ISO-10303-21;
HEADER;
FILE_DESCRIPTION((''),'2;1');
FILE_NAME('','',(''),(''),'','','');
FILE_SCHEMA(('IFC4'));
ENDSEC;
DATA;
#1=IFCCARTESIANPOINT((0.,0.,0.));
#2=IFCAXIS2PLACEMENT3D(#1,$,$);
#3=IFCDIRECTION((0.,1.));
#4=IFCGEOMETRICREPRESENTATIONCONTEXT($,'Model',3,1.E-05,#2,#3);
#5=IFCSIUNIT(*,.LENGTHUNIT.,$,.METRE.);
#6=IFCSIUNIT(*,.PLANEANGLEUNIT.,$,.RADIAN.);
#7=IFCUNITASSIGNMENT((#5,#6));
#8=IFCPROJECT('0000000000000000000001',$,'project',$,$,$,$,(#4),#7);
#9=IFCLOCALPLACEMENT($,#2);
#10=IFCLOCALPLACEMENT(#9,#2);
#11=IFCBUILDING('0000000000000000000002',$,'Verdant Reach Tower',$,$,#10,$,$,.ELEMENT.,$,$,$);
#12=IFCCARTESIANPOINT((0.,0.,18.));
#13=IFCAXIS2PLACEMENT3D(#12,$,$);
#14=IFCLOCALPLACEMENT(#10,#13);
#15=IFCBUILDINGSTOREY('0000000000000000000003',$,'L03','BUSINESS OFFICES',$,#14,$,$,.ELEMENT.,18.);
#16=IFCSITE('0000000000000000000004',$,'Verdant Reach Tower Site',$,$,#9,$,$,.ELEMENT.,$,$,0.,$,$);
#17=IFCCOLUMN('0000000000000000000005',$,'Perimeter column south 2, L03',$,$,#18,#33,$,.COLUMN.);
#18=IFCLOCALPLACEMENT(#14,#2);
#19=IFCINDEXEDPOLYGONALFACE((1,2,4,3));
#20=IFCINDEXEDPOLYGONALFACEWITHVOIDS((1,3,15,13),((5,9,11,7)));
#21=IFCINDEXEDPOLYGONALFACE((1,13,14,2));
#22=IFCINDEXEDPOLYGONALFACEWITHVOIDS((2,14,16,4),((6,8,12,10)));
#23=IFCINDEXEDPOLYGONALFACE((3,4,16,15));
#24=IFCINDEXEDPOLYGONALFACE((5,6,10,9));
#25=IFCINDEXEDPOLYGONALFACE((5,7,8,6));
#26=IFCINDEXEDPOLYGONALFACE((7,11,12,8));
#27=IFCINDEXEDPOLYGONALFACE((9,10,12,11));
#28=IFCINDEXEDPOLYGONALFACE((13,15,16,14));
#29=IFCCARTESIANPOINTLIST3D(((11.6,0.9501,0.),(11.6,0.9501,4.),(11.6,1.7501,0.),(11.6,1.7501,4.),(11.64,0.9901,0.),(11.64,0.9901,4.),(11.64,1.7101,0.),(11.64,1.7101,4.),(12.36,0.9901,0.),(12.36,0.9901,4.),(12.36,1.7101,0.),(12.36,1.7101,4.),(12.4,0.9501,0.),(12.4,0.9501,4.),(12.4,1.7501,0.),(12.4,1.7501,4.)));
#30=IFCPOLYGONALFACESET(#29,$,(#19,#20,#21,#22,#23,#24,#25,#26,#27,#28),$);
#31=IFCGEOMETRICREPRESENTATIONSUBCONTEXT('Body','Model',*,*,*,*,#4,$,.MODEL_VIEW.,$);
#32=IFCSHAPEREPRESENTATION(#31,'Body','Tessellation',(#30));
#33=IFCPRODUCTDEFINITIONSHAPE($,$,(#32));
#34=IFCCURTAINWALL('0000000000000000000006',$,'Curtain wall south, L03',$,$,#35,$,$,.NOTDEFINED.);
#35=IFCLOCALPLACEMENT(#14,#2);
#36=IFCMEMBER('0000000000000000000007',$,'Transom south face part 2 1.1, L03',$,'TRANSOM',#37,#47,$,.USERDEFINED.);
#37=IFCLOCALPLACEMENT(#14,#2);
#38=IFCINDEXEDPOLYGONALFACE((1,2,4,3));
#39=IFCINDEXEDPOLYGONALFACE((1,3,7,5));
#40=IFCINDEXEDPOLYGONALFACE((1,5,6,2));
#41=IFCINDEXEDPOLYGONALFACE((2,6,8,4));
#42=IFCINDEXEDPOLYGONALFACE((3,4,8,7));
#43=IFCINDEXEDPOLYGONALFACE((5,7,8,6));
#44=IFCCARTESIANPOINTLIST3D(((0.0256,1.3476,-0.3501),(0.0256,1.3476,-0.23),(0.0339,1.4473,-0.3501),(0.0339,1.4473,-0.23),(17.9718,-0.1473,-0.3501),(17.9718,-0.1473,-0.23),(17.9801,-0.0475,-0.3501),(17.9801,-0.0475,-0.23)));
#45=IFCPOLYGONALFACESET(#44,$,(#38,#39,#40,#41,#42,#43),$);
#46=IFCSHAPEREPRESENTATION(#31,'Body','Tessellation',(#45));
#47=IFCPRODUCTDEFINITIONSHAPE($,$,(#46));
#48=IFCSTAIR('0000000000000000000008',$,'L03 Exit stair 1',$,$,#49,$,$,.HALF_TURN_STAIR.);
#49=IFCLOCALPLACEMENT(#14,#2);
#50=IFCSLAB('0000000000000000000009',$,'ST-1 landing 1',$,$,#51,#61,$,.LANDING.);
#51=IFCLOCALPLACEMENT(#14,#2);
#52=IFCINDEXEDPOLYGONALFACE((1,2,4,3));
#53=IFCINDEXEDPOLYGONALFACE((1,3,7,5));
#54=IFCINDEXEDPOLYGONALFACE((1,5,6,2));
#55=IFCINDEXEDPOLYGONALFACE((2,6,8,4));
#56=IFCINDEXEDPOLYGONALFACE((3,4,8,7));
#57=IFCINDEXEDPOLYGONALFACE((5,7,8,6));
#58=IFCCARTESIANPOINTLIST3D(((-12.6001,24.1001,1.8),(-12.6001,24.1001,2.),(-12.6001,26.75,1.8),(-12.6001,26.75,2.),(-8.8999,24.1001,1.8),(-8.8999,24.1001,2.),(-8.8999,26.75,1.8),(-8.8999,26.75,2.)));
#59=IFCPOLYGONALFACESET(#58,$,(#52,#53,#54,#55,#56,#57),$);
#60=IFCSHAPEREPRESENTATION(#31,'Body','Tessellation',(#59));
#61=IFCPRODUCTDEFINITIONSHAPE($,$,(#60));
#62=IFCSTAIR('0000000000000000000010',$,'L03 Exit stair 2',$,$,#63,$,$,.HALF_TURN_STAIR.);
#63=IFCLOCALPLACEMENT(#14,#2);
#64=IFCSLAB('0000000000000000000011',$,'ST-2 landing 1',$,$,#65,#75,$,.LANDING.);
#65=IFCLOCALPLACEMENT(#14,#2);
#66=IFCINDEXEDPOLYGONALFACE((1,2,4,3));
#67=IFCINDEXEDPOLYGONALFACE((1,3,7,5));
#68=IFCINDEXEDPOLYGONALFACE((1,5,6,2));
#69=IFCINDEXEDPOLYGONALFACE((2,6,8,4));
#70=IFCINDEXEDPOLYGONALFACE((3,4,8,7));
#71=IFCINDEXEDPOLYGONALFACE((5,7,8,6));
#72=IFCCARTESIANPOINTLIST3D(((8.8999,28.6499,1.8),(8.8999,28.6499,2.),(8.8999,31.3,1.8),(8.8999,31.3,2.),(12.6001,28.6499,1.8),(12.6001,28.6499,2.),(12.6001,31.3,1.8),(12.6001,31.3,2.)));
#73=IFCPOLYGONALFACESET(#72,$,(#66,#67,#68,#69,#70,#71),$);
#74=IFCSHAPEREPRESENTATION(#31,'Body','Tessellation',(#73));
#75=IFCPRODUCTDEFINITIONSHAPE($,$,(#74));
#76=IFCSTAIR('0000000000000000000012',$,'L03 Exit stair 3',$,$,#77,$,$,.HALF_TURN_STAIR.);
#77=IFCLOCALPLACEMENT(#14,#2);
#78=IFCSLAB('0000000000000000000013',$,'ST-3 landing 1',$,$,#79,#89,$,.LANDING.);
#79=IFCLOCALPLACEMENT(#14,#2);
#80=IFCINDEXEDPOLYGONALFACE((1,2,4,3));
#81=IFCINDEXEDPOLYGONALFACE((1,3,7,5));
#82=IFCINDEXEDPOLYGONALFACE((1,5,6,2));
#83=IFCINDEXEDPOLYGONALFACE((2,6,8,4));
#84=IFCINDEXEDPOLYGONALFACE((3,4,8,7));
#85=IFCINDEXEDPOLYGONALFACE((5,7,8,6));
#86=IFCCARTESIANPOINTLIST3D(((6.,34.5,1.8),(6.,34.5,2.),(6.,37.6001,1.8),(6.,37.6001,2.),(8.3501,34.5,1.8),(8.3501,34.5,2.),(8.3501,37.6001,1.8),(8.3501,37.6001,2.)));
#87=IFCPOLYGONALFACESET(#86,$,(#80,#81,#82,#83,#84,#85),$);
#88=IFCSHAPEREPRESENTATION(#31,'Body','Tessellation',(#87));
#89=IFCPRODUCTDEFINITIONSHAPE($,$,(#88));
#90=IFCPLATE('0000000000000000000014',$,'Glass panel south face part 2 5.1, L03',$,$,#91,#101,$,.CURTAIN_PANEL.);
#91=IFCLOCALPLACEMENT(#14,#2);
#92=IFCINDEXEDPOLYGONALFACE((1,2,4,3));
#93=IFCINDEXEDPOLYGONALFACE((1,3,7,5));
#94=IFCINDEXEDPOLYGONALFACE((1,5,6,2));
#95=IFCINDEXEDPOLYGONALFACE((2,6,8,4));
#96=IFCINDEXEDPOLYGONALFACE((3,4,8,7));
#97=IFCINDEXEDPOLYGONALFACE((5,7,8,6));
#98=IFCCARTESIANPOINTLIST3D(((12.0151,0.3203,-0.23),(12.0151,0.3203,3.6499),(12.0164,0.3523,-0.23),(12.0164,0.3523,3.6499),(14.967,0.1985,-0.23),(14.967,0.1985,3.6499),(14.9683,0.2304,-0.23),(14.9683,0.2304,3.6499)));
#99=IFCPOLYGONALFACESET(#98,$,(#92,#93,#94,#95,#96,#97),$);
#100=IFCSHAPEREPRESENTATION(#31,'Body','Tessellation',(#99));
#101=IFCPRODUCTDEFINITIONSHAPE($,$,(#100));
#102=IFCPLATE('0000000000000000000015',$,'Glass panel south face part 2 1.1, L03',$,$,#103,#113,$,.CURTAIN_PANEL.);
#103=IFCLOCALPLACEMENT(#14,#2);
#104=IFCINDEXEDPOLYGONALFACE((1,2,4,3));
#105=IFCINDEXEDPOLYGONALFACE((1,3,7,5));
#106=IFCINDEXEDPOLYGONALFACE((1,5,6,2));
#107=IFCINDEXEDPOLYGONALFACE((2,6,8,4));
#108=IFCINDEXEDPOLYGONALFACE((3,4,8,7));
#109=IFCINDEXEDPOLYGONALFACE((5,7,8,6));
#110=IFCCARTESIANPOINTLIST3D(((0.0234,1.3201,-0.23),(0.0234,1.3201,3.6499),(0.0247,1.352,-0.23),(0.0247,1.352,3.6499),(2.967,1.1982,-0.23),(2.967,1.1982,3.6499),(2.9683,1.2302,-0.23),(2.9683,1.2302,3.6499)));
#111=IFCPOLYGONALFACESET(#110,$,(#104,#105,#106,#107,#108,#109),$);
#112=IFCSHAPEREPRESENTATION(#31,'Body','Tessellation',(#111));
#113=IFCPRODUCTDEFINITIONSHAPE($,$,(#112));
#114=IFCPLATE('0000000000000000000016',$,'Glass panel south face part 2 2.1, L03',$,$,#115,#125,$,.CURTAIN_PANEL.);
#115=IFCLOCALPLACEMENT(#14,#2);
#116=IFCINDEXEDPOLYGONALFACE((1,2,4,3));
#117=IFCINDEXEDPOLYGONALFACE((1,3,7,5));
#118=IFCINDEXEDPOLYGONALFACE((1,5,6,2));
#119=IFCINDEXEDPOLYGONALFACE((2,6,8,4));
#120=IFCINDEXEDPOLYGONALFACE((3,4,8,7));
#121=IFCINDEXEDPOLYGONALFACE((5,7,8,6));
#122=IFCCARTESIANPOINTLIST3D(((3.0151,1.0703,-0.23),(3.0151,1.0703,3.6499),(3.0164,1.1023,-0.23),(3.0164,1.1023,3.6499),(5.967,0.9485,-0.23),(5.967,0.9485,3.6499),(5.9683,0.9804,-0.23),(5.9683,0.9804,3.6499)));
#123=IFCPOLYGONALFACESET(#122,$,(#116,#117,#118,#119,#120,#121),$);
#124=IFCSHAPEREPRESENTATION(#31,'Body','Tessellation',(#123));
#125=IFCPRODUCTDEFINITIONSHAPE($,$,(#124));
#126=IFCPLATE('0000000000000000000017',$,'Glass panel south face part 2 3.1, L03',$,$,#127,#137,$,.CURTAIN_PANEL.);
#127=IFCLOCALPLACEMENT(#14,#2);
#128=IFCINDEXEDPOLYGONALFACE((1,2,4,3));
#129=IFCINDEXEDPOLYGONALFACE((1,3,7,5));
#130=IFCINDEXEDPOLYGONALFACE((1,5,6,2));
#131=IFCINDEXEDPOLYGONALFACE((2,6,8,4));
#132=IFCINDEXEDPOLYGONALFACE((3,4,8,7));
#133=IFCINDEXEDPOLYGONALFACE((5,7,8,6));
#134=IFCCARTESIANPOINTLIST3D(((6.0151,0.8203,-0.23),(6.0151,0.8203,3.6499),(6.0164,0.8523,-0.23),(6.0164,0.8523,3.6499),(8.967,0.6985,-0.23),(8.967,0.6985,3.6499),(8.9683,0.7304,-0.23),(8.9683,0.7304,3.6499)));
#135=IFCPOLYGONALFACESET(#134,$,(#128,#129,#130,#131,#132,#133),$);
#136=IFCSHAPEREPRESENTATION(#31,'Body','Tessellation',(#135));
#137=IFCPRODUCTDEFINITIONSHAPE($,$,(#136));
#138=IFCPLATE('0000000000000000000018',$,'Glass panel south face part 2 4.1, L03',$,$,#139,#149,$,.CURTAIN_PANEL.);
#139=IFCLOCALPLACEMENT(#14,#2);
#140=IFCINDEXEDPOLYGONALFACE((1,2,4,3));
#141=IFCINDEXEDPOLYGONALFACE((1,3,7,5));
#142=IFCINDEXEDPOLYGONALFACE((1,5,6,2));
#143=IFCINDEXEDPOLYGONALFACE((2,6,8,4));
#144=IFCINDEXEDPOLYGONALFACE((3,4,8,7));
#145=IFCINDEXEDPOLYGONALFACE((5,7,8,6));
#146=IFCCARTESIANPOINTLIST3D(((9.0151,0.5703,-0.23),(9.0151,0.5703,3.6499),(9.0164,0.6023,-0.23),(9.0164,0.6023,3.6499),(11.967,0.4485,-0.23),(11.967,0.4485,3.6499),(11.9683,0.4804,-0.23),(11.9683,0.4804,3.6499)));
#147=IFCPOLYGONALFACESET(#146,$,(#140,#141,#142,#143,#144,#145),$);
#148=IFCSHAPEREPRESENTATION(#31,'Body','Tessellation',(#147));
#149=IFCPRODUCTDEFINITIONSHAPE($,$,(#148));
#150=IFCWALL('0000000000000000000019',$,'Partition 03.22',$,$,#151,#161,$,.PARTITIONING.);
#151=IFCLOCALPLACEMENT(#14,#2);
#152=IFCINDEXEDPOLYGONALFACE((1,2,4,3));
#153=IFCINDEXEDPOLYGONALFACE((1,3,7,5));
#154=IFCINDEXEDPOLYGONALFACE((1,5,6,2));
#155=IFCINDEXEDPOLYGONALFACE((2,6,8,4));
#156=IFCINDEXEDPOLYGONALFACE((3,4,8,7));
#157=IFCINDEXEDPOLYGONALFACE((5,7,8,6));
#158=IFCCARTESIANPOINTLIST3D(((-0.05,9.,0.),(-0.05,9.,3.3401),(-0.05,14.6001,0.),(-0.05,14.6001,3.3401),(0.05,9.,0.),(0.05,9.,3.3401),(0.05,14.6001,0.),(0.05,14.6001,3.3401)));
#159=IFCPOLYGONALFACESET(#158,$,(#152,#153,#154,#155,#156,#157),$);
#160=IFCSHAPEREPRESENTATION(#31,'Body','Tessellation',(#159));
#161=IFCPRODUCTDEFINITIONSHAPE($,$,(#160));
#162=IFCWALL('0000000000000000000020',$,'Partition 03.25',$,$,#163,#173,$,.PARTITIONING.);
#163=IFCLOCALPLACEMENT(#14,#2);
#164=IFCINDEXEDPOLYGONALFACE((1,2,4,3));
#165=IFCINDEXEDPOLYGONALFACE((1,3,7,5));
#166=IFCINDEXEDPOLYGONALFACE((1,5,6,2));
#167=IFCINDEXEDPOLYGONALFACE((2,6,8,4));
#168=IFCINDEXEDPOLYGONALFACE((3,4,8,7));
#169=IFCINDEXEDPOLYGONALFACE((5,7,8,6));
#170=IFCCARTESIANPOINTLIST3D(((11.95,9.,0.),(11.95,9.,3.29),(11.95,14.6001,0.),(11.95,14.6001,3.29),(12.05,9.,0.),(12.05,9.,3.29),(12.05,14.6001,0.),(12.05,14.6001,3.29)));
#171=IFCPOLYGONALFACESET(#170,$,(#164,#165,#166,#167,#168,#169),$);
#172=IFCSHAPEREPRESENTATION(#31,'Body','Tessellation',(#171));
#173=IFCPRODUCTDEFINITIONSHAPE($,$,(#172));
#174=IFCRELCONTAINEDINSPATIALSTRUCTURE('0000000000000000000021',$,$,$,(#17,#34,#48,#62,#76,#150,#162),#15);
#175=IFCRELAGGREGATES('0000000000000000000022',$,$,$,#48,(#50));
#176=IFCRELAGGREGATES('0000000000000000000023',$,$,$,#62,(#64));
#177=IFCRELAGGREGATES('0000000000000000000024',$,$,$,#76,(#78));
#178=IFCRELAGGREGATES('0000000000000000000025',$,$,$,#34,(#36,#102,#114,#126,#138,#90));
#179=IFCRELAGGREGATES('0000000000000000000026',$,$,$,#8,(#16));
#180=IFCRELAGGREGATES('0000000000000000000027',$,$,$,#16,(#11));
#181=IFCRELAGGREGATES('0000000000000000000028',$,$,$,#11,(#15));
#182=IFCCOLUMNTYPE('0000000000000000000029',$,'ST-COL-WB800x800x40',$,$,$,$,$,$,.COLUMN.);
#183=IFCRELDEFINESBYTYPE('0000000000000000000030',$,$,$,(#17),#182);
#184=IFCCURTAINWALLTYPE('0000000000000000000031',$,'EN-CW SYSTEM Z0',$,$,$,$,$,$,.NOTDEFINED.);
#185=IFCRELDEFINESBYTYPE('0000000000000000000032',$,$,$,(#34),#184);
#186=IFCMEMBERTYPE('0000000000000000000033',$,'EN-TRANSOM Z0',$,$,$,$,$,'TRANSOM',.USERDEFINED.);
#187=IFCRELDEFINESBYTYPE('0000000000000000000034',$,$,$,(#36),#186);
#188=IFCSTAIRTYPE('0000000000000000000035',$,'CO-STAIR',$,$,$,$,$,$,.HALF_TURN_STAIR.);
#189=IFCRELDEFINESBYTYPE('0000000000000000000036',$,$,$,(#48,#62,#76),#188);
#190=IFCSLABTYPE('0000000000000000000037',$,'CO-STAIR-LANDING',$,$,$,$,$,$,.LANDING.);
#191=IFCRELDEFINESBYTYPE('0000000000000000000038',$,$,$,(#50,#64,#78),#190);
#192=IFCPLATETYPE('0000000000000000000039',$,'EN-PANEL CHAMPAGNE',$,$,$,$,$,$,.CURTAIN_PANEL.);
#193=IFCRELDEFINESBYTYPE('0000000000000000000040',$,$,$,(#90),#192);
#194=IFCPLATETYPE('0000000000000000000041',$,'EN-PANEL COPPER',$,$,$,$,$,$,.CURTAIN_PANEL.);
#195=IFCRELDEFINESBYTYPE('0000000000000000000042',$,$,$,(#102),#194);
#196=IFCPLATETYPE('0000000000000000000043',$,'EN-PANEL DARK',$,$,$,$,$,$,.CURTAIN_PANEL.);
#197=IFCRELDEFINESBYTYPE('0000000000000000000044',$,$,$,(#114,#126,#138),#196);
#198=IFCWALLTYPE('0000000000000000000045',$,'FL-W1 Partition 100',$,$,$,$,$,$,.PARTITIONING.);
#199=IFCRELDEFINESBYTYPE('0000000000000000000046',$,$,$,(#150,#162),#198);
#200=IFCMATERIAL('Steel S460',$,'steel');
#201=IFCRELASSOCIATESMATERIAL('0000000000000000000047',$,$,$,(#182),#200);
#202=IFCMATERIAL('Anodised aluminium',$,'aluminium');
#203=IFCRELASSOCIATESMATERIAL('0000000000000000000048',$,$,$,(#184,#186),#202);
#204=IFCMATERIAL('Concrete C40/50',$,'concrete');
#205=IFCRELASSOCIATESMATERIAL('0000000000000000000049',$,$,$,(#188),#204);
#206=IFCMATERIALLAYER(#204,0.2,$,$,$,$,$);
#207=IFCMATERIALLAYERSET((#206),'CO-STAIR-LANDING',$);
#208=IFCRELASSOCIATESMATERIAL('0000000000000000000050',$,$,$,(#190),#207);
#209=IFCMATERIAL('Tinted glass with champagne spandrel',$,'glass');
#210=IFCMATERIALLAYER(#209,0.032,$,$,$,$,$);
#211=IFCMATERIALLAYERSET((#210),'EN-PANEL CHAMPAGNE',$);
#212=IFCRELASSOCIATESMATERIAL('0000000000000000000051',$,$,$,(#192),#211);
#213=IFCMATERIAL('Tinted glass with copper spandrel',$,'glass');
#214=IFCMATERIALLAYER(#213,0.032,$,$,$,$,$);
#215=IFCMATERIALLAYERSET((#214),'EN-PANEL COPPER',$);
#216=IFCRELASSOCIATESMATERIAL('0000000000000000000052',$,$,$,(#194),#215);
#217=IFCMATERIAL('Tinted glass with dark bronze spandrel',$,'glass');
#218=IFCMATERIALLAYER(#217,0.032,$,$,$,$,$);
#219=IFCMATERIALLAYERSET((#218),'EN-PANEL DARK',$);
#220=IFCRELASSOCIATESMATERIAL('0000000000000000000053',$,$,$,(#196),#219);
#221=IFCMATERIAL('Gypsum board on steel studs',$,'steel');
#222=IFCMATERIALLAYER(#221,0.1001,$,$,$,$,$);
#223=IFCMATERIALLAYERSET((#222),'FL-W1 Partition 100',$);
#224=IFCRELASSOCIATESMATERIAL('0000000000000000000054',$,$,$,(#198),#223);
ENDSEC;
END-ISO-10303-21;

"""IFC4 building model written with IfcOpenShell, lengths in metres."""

from ifc_helpers import new_model, si_unit, direction, frame, frame_2d, origin, origin_2d, place, context, subcontext, project, spatial, polyline, rectangle, hollow_rectangle, outline, extrude, material, layer, layer_set, material_profile, profile_set, type_object, element, aggregate, save


model = new_model("IFC4")

# Units and contexts
model_context = context("Model", 3, precision=1e-05, world=origin(), true_north=direction((0.0, 1.0)))
body_context = subcontext(model_context, "Body", "Model", "MODEL_VIEW")
ifc_project = project(units=[si_unit("LENGTHUNIT", "METRE"), si_unit("PLANEANGLEUNIT", "RADIAN")], contexts=[model_context])

# Site, building, storey
site_placement = place(None, origin())
site = spatial("IfcSite", under=ifc_project, at=site_placement, Name="Verdant Reach Tower Site", CompositionType="ELEMENT", RefElevation=0.0)
building_placement = place(site_placement, origin())
building = spatial("IfcBuilding", under=site, at=building_placement, Name="Verdant Reach Tower", CompositionType="ELEMENT")
storey_placement = place(building_placement, frame((0.0, 0.0, 18.0)))
storey = spatial("IfcBuildingStorey", under=building, at=storey_placement, Name="L03", Description="BUSINESS OFFICES", CompositionType="ELEMENT", Elevation=18.0)

# Column
ifc_material_1 = material(Name="Steel S460", Category="steel")
ifc_material_profile_1 = material_profile(ifc_material_1, hollow_rectangle(XDim=0.8, YDim=0.8, WallThickness=0.04, at=origin_2d()), Name="WB 800x800x40")
ifc_profile_set_1 = profile_set([ifc_material_profile_1], Name="Steel S460")
column_type = type_object("IfcColumnType", Name="ST-COL-WB800x800x40", PredefinedType="COLUMN", material=ifc_profile_set_1)
column_placement = place(storey_placement, frame((12.0, 1.3501, 0.0), z_axis=(0.0, 0.0, 1.0), x_axis=(1.0, 0.0, 0.0)))
element("IfcColumn", 1, at=column_placement, inside=storey, type_object=column_type, Name="Perimeter column south 2, L03", PredefinedType="COLUMN", context=body_context, shape_type="SweptSolid", body=[
    extrude(hollow_rectangle(XDim=0.8, YDim=0.8, WallThickness=0.04, at=origin_2d()), origin(), (0.0, 0.0, 1.0), 4.0),
])

# Curtain wall, member
ifc_material_2 = material(Name="Anodised aluminium", Category="aluminium")
curtain_wall_type = type_object("IfcCurtainWallType", Name="EN-CW SYSTEM Z0", PredefinedType="NOTDEFINED", material=ifc_material_2)
curtain_wall_placement = place(storey_placement, origin())
curtain_wall = element("IfcCurtainWall", 2, at=curtain_wall_placement, inside=storey, type_object=curtain_wall_type, Name="Curtain wall south, L03", PredefinedType="NOTDEFINED")
ifc_material_profile_2 = material_profile(ifc_material_2, rectangle(XDim=0.1001, YDim=0.1201, at=origin_2d()), Name="Transom 120x100")
ifc_profile_set_2 = profile_set([ifc_material_profile_2], Name="Anodised aluminium")
member_type = type_object("IfcMemberType", Name="EN-TRANSOM Z0", ElementType="TRANSOM", PredefinedType="USERDEFINED", material=ifc_profile_set_2)
member_placement = place(storey_placement, frame((0.0298, 1.3975, -0.29), z_axis=(0.996549, -0.083011, 0.0), x_axis=(0.083011, 0.996549, 0.0)))
member = element("IfcMember", 3, at=member_placement, type_object=member_type, Name="Transom south face part 2 1.1, L03", ObjectType="TRANSOM", PredefinedType="USERDEFINED", context=body_context, shape_type="SweptSolid", body=[
    extrude(rectangle(XDim=0.1001, YDim=0.1201, at=origin_2d()), origin(), (0.0, 0.0, 1.0), 18.0083),
])

# Stairs, slabs
ifc_material_3 = material(Name="Concrete C40/50", Category="concrete")
stair_type = type_object("IfcStairType", Name="CO-STAIR", PredefinedType="HALF_TURN_STAIR", material=ifc_material_3)
stair_1_placement = place(storey_placement, origin())
stair_1 = element("IfcStair", 4, at=stair_1_placement, inside=storey, type_object=stair_type, Name="L03 Exit stair 1", PredefinedType="HALF_TURN_STAIR")
ifc_layer_1 = layer(ifc_material_3, 0.2)
ifc_layer_set_1 = layer_set([ifc_layer_1], Name="CO-STAIR-LANDING")
slab_type = type_object("IfcSlabType", Name="CO-STAIR-LANDING", PredefinedType="LANDING", material=ifc_layer_set_1)
slab_1_placement = place(storey_placement, frame((0.0, 0.0, 1.8)))
slab_1 = element("IfcSlab", 5, at=slab_1_placement, type_object=slab_type, Name="ST-1 landing 1", PredefinedType="LANDING", context=body_context, shape_type="SweptSolid", body=[
    extrude(outline(polyline([(-12.6001, 26.75), (-12.6001, 24.1001), (-8.8999, 24.1001), (-8.8999, 26.75), (-12.6001, 26.75)])), origin(), (0.0, 0.0, 1.0), 0.2),
])
aggregate(stair_1, [slab_1])
stair_2_placement = place(storey_placement, origin())
stair_2 = element("IfcStair", 6, at=stair_2_placement, inside=storey, type_object=stair_type, Name="L03 Exit stair 2", PredefinedType="HALF_TURN_STAIR")
slab_2_placement = place(storey_placement, frame((0.0, 0.0, 1.8)))
slab_2 = element("IfcSlab", 7, at=slab_2_placement, type_object=slab_type, Name="ST-2 landing 1", PredefinedType="LANDING", context=body_context, shape_type="SweptSolid", body=[
    extrude(outline(polyline([(12.6001, 28.6499), (12.6001, 31.3), (8.8999, 31.3), (8.8999, 28.6499), (12.6001, 28.6499)])), origin(), (0.0, 0.0, 1.0), 0.2),
])
aggregate(stair_2, [slab_2])
stair_3_placement = place(storey_placement, origin())
stair_3 = element("IfcStair", 8, at=stair_3_placement, inside=storey, type_object=stair_type, Name="L03 Exit stair 3", PredefinedType="HALF_TURN_STAIR")
slab_3_placement = place(storey_placement, frame((0.0, 0.0, 1.8)))
slab_3 = element("IfcSlab", 9, at=slab_3_placement, type_object=slab_type, Name="ST-3 landing 1", PredefinedType="LANDING", context=body_context, shape_type="SweptSolid", body=[
    extrude(outline(polyline([(8.3501, 37.6001), (6.0, 37.6001), (6.0, 34.5), (8.3501, 34.5), (8.3501, 37.6001)])), origin(), (0.0, 0.0, 1.0), 0.2),
])
aggregate(stair_3, [slab_3])

# Plates
ifc_material_4 = material(Name="Tinted glass with champagne spandrel", Category="glass")
ifc_layer_2 = layer(ifc_material_4, 0.032)
ifc_layer_set_2 = layer_set([ifc_layer_2], Name="EN-PANEL CHAMPAGNE")
plate_type_1 = type_object("IfcPlateType", Name="EN-PANEL CHAMPAGNE", PredefinedType="CURTAIN_PANEL", material=ifc_layer_set_2)
plate_1_placement = place(storey_placement, frame((13.4917, 0.2754, -0.23), z_axis=(0.0, 0.0, 1.0), x_axis=(0.999149, -0.041242, 0.0)))
plate_1 = element("IfcPlate", 10, at=plate_1_placement, type_object=plate_type_1, Name="Glass panel south face part 2 5.1, L03", PredefinedType="CURTAIN_PANEL", context=body_context, shape_type="SweptSolid", body=[
    extrude(rectangle(XDim=2.9543, YDim=0.032, at=origin_2d()), origin(), (0.0, 0.0, 1.0), 3.8799),
])
ifc_material_5 = material(Name="Tinted glass with copper spandrel", Category="glass")
ifc_layer_3 = layer(ifc_material_5, 0.032)
ifc_layer_set_3 = layer_set([ifc_layer_3], Name="EN-PANEL COPPER")
plate_type_2 = type_object("IfcPlateType", Name="EN-PANEL COPPER", PredefinedType="CURTAIN_PANEL", material=ifc_layer_set_3)
plate_2_placement = place(storey_placement, frame((1.4958, 1.2751, -0.23), z_axis=(0.0, 0.0, 1.0), x_axis=(0.999144, -0.041357, 0.0)))
plate_2 = element("IfcPlate", 11, at=plate_2_placement, type_object=plate_type_2, Name="Glass panel south face part 2 1.1, L03", PredefinedType="CURTAIN_PANEL", context=body_context, shape_type="SweptSolid", body=[
    extrude(rectangle(XDim=2.946, YDim=0.032, at=origin_2d()), origin(), (0.0, 0.0, 1.0), 3.8799),
])
ifc_material_6 = material(Name="Tinted glass with dark bronze spandrel", Category="glass")
ifc_layer_4 = layer(ifc_material_6, 0.032)
ifc_layer_set_4 = layer_set([ifc_layer_4], Name="EN-PANEL DARK")
plate_type_3 = type_object("IfcPlateType", Name="EN-PANEL DARK", PredefinedType="CURTAIN_PANEL", material=ifc_layer_set_4)
plate_3_placement = place(storey_placement, frame((4.4917, 1.0254, -0.23), z_axis=(0.0, 0.0, 1.0), x_axis=(0.999149, -0.041242, 0.0)))
plate_3 = element("IfcPlate", 12, at=plate_3_placement, type_object=plate_type_3, Name="Glass panel south face part 2 2.1, L03", PredefinedType="CURTAIN_PANEL", context=body_context, shape_type="SweptSolid", body=[
    extrude(rectangle(XDim=2.9543, YDim=0.032, at=origin_2d()), origin(), (0.0, 0.0, 1.0), 3.8799),
])
plate_4_placement = place(storey_placement, frame((7.4917, 0.7754, -0.23), z_axis=(0.0, 0.0, 1.0), x_axis=(0.999149, -0.041242, 0.0)))
plate_4 = element("IfcPlate", 13, at=plate_4_placement, type_object=plate_type_3, Name="Glass panel south face part 2 3.1, L03", PredefinedType="CURTAIN_PANEL", context=body_context, shape_type="SweptSolid", body=[
    extrude(rectangle(XDim=2.9543, YDim=0.032, at=origin_2d()), origin(), (0.0, 0.0, 1.0), 3.8799),
])
plate_5_placement = place(storey_placement, frame((10.4917, 0.5254, -0.23), z_axis=(0.0, 0.0, 1.0), x_axis=(0.999149, -0.041242, 0.0)))
plate_5 = element("IfcPlate", 14, at=plate_5_placement, type_object=plate_type_3, Name="Glass panel south face part 2 4.1, L03", PredefinedType="CURTAIN_PANEL", context=body_context, shape_type="SweptSolid", body=[
    extrude(rectangle(XDim=2.9543, YDim=0.032, at=origin_2d()), origin(), (0.0, 0.0, 1.0), 3.8799),
])
aggregate(curtain_wall, [member, plate_2, plate_3, plate_4, plate_5, plate_1])

# Walls
ifc_material_7 = material(Name="Gypsum board on steel studs", Category="steel")
ifc_layer_5 = layer(ifc_material_7, 0.1001)
ifc_layer_set_5 = layer_set([ifc_layer_5], Name="FL-W1 Partition 100")
wall_type = type_object("IfcWallType", Name="FL-W1 Partition 100", PredefinedType="PARTITIONING", material=ifc_layer_set_5)
wall_1_placement = place(storey_placement, frame((0.0, 9.0, 0.0), z_axis=(0.0, 0.0, 1.0), x_axis=(0.0, 1.0, 0.0)))
element("IfcWall", 15, at=wall_1_placement, inside=storey, type_object=wall_type, Name="Partition 03.22", PredefinedType="PARTITIONING", context=body_context, shape_type="SweptSolid", body=[
    extrude(rectangle(XDim=5.6001, YDim=0.1001, at=frame_2d((2.8, 0.0))), origin(), (0.0, 0.0, 1.0), 3.3401),
])
wall_2_placement = place(storey_placement, frame((12.0, 9.0, 0.0), z_axis=(0.0, 0.0, 1.0), x_axis=(0.0, 1.0, 0.0)))
element("IfcWall", 16, at=wall_2_placement, inside=storey, type_object=wall_type, Name="Partition 03.25", PredefinedType="PARTITIONING", context=body_context, shape_type="SweptSolid", body=[
    extrude(rectangle(XDim=5.6001, YDim=0.1001, at=frame_2d((2.8, 0.0))), origin(), (0.0, 0.0, 1.0), 3.29),
])

save(model, "model.ifc")
